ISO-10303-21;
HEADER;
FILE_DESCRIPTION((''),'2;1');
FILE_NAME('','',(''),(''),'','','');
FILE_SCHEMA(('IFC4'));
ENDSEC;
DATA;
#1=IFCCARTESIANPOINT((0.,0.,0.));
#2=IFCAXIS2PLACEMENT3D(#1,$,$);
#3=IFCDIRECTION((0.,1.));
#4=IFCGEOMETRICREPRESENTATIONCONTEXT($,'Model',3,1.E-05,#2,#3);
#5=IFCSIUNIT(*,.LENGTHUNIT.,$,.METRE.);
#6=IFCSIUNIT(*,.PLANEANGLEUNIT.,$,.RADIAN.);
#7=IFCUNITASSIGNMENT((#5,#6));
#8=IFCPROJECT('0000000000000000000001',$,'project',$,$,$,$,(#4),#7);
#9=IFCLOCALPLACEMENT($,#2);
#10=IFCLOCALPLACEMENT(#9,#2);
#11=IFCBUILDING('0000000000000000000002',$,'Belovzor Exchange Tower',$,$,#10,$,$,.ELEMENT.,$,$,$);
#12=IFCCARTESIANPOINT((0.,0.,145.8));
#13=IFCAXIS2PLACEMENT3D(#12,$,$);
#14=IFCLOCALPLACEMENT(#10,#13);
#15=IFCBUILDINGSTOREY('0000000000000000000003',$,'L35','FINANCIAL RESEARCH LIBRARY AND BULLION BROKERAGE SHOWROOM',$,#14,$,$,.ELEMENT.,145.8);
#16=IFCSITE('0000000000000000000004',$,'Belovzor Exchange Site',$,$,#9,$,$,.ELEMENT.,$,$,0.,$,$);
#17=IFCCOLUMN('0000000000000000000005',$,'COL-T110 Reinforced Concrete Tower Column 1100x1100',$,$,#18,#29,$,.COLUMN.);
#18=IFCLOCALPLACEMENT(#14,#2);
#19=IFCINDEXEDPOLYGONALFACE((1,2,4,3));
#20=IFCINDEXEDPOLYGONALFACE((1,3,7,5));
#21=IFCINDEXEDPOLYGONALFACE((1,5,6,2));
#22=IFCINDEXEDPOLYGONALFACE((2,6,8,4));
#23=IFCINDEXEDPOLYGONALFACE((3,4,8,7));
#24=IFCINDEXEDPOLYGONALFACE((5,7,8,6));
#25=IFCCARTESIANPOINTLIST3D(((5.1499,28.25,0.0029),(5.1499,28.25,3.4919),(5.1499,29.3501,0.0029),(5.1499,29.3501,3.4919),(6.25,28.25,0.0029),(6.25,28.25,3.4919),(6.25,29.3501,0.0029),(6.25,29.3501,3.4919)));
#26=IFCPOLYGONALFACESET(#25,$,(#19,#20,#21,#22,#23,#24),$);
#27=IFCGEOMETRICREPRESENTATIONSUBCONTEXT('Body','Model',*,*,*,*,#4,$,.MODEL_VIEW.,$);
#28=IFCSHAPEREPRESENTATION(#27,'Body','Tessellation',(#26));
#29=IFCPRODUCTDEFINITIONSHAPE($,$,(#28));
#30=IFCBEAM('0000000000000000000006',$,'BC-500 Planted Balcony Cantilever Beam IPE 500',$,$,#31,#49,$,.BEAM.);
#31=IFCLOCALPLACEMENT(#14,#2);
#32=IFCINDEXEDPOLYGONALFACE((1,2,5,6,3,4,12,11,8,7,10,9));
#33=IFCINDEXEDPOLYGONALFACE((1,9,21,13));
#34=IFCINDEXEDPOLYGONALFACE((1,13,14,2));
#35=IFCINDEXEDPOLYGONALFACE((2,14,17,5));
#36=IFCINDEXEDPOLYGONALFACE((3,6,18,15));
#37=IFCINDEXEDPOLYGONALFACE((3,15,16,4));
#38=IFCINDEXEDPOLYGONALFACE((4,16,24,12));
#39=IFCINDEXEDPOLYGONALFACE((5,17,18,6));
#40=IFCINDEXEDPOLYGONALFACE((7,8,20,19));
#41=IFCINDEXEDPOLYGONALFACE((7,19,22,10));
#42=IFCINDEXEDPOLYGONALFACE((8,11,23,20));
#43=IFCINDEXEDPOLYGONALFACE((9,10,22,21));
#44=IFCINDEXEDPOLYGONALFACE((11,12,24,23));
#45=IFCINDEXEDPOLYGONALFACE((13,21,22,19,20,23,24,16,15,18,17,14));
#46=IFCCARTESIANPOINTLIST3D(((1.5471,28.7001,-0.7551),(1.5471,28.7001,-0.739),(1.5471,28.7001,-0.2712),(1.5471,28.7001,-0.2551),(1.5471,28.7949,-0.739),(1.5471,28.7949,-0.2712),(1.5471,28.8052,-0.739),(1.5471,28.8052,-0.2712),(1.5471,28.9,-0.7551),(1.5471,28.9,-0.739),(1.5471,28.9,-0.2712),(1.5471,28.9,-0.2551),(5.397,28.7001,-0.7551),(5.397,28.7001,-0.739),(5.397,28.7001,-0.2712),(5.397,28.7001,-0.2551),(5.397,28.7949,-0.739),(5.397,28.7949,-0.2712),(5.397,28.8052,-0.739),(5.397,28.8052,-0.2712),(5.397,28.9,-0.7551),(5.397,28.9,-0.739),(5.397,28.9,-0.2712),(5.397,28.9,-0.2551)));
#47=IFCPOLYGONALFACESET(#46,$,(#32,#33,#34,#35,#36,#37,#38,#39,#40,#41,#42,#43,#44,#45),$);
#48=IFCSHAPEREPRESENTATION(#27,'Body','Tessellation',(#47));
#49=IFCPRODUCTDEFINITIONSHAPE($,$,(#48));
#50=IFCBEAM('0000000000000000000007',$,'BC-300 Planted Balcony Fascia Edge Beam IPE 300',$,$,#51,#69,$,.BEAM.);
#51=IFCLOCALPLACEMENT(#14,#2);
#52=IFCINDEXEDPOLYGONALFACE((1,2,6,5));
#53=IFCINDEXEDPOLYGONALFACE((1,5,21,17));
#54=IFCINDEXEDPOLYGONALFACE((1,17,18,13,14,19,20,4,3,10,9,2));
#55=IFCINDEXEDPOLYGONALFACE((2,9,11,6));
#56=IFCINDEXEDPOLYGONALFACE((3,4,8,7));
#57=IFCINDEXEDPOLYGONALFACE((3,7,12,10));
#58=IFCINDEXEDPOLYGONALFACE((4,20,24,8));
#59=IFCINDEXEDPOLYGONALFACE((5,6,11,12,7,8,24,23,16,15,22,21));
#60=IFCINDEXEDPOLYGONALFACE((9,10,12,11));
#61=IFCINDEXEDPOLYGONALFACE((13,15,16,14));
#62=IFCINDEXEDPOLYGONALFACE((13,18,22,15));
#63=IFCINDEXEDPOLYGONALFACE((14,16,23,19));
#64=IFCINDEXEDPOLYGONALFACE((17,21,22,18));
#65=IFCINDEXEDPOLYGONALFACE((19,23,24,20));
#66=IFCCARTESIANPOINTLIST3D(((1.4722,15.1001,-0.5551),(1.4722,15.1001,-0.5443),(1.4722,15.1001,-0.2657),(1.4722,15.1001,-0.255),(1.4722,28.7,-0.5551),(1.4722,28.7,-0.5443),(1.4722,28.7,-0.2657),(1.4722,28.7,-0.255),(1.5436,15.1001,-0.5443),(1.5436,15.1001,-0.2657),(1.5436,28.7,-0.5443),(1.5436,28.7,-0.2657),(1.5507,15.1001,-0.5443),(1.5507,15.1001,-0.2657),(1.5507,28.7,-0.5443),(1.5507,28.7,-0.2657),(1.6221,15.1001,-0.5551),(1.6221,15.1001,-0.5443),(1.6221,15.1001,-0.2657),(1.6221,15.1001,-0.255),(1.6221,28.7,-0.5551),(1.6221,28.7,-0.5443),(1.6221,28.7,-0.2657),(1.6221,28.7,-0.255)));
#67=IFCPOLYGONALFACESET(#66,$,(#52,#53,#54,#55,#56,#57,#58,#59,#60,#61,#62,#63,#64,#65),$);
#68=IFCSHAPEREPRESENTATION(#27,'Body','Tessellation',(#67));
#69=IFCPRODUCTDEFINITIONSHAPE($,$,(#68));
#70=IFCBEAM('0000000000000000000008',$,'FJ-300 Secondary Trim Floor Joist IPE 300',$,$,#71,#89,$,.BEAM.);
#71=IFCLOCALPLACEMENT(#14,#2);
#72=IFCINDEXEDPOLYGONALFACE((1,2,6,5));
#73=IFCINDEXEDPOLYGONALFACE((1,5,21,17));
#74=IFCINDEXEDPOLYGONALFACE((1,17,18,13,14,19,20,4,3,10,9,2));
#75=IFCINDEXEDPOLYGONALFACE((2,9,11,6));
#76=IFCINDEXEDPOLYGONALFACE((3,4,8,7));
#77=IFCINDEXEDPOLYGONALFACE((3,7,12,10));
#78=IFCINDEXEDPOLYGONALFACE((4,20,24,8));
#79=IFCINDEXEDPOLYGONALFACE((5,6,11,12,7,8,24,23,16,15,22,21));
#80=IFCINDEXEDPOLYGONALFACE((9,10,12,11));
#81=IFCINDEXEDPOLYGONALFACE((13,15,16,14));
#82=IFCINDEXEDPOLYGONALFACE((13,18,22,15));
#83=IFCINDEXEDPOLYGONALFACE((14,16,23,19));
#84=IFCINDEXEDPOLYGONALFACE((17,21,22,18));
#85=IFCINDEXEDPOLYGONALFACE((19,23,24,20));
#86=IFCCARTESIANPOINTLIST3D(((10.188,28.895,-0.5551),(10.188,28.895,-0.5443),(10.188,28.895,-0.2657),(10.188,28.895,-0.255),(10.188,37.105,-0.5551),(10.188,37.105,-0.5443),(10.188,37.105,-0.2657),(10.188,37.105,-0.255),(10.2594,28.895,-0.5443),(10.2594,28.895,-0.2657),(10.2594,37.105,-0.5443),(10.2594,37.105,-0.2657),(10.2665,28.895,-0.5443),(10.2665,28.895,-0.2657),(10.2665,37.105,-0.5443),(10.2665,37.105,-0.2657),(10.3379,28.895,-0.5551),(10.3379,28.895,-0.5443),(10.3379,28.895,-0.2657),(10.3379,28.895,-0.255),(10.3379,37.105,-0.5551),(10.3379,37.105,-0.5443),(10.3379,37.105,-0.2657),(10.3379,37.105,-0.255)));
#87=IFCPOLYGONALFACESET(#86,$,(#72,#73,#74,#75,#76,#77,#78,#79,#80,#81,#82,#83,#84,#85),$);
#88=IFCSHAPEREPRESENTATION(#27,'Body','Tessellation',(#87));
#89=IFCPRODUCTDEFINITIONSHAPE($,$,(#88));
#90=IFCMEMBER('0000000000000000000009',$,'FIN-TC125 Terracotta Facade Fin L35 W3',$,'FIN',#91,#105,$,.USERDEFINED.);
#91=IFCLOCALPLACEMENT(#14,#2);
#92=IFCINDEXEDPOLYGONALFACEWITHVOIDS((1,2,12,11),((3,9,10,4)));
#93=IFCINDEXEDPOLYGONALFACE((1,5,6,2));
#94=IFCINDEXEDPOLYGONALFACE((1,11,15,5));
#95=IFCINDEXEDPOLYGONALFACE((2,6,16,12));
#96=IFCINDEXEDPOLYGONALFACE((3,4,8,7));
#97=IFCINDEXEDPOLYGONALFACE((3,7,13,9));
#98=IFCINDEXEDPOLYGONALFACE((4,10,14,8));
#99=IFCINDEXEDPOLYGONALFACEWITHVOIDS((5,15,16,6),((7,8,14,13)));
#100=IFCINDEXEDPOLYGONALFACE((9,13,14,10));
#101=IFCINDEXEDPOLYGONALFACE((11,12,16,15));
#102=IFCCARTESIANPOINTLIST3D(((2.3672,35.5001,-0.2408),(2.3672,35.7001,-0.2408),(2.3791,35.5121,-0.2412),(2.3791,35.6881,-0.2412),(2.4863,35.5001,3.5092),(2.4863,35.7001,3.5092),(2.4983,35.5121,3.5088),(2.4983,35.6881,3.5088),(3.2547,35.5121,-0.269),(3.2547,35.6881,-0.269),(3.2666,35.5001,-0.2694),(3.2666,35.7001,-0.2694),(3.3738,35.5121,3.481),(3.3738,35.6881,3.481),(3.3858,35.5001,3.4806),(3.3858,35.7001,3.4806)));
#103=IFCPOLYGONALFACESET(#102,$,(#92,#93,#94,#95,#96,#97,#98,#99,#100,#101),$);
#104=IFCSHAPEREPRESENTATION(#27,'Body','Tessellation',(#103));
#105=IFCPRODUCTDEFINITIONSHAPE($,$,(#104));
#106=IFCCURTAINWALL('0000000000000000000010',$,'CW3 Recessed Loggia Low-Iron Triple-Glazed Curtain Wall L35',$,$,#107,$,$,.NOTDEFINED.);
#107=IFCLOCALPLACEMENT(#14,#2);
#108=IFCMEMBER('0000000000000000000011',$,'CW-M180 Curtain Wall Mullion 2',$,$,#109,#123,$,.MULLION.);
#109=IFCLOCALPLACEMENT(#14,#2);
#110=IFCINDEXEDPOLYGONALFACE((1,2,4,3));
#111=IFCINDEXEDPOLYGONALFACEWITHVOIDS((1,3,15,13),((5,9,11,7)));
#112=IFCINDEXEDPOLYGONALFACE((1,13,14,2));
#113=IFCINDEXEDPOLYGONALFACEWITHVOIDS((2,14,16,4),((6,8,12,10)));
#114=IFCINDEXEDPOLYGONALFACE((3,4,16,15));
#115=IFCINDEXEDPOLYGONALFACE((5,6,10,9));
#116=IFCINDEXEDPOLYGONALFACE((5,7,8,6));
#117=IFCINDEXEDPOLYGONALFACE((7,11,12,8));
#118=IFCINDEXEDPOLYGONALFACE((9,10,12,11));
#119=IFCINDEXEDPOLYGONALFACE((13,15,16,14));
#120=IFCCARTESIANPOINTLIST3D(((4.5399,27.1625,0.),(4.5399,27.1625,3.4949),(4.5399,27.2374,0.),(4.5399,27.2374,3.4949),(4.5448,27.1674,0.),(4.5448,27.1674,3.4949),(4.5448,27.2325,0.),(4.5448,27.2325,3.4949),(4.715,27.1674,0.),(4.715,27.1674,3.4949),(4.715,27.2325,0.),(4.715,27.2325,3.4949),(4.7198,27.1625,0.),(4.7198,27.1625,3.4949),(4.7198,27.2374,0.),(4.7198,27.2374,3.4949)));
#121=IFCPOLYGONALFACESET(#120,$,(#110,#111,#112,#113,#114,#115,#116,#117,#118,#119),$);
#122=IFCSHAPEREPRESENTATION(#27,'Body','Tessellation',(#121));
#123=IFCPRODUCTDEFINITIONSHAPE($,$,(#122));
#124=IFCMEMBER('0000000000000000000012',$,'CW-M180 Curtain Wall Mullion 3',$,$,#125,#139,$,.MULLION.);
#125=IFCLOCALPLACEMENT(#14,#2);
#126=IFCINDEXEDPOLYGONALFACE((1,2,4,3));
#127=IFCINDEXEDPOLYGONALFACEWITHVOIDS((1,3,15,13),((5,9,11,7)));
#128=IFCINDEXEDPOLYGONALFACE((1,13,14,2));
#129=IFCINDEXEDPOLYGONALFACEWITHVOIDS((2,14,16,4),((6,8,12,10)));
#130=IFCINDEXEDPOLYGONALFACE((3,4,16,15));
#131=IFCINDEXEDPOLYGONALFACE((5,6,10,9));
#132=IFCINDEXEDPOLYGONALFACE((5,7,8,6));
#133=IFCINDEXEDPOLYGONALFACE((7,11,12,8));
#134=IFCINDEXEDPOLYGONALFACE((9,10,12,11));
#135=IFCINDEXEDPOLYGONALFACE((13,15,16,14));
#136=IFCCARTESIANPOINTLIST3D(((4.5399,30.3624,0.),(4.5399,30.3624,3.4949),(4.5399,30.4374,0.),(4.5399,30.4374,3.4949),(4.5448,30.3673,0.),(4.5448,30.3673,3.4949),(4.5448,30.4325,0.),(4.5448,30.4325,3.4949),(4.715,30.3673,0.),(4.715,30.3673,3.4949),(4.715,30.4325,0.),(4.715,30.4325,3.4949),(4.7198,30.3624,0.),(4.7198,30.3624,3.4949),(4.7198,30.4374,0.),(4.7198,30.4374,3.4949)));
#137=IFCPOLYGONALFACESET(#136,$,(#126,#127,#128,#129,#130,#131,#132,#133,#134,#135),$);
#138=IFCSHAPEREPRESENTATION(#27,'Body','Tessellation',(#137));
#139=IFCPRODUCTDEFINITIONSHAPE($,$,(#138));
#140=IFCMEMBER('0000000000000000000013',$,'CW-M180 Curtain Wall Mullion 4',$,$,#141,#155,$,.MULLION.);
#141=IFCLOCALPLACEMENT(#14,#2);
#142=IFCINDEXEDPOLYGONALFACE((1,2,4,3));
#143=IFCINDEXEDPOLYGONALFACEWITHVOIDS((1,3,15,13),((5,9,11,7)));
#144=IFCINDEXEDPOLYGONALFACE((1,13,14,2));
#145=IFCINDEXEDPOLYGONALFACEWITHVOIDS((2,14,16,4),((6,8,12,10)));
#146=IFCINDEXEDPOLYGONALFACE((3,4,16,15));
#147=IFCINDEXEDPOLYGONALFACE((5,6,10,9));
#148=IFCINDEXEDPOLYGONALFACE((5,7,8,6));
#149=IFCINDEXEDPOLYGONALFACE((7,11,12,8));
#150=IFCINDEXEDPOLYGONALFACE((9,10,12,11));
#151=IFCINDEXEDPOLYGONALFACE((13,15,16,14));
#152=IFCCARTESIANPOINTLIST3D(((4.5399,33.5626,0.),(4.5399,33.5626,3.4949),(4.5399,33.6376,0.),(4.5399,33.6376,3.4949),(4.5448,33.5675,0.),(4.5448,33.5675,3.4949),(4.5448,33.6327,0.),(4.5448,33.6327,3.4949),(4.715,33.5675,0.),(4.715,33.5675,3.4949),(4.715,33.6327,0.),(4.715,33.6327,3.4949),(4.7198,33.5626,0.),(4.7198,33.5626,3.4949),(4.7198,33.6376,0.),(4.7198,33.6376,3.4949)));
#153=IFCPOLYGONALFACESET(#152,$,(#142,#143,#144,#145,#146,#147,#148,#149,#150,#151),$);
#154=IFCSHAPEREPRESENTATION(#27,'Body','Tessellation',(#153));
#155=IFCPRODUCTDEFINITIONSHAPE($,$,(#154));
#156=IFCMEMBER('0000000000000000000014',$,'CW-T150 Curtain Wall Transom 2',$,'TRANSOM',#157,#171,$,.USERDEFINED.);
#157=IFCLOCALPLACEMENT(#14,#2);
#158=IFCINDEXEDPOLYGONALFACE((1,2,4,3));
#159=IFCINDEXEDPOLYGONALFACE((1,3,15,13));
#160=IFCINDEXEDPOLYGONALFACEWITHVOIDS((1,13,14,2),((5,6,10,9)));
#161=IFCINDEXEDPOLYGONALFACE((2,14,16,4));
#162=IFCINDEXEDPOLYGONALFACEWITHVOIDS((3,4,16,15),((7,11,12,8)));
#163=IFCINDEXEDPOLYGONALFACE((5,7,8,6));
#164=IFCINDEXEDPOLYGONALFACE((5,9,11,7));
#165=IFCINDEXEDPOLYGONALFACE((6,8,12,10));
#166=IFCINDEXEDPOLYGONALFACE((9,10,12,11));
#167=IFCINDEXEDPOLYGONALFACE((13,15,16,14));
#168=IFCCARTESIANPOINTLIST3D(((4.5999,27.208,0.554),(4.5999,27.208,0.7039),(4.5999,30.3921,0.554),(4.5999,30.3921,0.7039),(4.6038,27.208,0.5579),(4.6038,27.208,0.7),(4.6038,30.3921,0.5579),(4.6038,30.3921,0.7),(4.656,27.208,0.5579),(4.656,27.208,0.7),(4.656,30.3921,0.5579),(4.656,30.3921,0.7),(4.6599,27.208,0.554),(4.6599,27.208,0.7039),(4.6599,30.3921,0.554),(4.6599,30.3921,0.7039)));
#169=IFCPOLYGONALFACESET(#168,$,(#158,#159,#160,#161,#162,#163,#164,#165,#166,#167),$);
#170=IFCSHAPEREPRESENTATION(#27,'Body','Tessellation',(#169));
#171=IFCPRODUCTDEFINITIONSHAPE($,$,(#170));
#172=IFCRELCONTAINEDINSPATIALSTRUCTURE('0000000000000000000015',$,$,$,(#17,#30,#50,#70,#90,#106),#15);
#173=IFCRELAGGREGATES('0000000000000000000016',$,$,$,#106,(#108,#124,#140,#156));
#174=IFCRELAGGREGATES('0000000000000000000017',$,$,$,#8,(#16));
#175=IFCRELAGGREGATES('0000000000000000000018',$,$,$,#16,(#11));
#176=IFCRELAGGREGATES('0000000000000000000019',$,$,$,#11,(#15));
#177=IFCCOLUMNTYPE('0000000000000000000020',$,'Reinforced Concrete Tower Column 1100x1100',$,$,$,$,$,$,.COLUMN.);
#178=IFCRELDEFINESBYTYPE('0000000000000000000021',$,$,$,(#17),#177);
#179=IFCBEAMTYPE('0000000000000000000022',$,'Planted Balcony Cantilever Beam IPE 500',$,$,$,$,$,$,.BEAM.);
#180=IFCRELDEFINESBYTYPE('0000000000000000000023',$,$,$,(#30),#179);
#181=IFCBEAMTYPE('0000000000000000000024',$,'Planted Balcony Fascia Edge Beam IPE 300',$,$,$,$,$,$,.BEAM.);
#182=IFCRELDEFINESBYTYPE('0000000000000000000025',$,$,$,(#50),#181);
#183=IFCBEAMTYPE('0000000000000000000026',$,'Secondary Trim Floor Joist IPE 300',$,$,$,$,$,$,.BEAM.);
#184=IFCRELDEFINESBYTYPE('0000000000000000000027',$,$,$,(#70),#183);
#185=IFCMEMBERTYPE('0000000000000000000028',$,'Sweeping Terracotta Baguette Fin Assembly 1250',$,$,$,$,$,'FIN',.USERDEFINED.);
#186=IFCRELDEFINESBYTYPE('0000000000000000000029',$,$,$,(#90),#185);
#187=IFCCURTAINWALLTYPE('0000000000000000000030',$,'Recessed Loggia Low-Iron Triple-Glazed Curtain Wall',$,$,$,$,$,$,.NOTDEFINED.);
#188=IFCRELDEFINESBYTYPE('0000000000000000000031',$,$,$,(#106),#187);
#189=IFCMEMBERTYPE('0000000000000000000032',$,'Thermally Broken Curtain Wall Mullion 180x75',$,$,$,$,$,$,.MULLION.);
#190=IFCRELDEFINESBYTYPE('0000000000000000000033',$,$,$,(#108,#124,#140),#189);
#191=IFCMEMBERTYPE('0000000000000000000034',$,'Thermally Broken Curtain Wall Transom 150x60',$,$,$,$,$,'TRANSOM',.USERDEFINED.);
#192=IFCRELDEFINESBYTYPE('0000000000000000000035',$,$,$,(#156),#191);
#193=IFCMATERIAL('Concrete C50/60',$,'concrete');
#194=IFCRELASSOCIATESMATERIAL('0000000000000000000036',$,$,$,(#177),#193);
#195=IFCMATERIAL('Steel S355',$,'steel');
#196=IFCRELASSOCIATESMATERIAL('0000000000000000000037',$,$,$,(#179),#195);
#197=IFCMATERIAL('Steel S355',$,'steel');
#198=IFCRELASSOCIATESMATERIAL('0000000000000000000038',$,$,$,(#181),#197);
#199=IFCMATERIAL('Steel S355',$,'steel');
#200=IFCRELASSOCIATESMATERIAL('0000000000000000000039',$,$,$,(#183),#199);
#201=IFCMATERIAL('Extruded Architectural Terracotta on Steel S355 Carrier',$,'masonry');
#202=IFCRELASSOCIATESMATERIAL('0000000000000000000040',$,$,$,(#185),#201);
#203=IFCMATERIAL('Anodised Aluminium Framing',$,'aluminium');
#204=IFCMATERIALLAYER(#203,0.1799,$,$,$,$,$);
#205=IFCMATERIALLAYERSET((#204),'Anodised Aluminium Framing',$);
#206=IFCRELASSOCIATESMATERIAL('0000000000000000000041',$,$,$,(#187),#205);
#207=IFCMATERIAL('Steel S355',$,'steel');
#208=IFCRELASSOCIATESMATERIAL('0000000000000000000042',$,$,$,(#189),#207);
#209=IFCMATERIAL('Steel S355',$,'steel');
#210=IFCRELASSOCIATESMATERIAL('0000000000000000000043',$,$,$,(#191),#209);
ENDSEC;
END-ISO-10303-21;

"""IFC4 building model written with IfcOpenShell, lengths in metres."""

from ifc_helpers import new_model, si_unit, direction, frame, origin, origin_2d, place, context, subcontext, project, spatial, rectangle, hollow_rectangle, i_section, extrude, material, layer, layer_set, material_profile, profile_set, type_object, element, aggregate, save


model = new_model("IFC4")

# Units and contexts
model_context = context("Model", 3, precision=1e-05, world=origin(), true_north=direction((0.0, 1.0)))
body_context = subcontext(model_context, "Body", "Model", "MODEL_VIEW")
ifc_project = project(units=[si_unit("LENGTHUNIT", "METRE"), si_unit("PLANEANGLEUNIT", "RADIAN")], contexts=[model_context])

# Site, building, storey
site_placement = place(None, origin())
site = spatial("IfcSite", under=ifc_project, at=site_placement, Name="Belovzor Exchange Site", CompositionType="ELEMENT", RefElevation=0.0)
building_placement = place(site_placement, origin())
building = spatial("IfcBuilding", under=site, at=building_placement, Name="Belovzor Exchange Tower", CompositionType="ELEMENT")
storey_placement = place(building_placement, frame((0.0, 0.0, 145.8)))
storey = spatial("IfcBuildingStorey", under=building, at=storey_placement, Name="L35", Description="FINANCIAL RESEARCH LIBRARY AND BULLION BROKERAGE SHOWROOM", CompositionType="ELEMENT", Elevation=145.8)

# Column
ifc_material_1 = material(Name="Concrete C50/60", Category="concrete")
ifc_material_profile_1 = material_profile(ifc_material_1, rectangle(XDim=1.1001, YDim=1.1001, at=origin_2d()))
ifc_profile_set_1 = profile_set([ifc_material_profile_1], Name="Concrete C50/60")
column_type = type_object("IfcColumnType", Name="Reinforced Concrete Tower Column 1100x1100", PredefinedType="COLUMN", material=ifc_profile_set_1)
column_placement = place(storey_placement, frame((5.7, 28.8, 0.0029), z_axis=(0.0, 0.0, 1.0), x_axis=(1.0, 0.0, 0.0)))
element("IfcColumn", 1, at=column_placement, inside=storey, type_object=column_type, Name="COL-T110 Reinforced Concrete Tower Column 1100x1100", PredefinedType="COLUMN", context=body_context, shape_type="SweptSolid", body=[
    extrude(rectangle(XDim=1.1001, YDim=1.1001, at=origin_2d()), origin(), (0.0, 0.0, 1.0), 3.489),
])

# Beams
ifc_material_2 = material(Name="Steel S355", Category="steel")
ifc_material_profile_2 = material_profile(ifc_material_2, i_section(OverallWidth=0.2, OverallDepth=0.5, WebThickness=0.0103, FlangeThickness=0.0161, at=origin_2d()))
ifc_profile_set_2 = profile_set([ifc_material_profile_2], Name="Steel S355")
beam_type_1 = type_object("IfcBeamType", Name="Planted Balcony Cantilever Beam IPE 500", PredefinedType="BEAM", material=ifc_profile_set_2)
beam_1_placement = place(storey_placement, frame((5.397, 28.8, -0.5051), z_axis=(-1.0, 0.0, 0.0), x_axis=(0.0, -1.0, 0.0)))
element("IfcBeam", 2, at=beam_1_placement, inside=storey, type_object=beam_type_1, Name="BC-500 Planted Balcony Cantilever Beam IPE 500", PredefinedType="BEAM", context=body_context, shape_type="SweptSolid", body=[
    extrude(i_section(OverallWidth=0.2, OverallDepth=0.5, WebThickness=0.0103, FlangeThickness=0.0161, at=origin_2d()), origin(), (0.0, 0.0, 1.0), 3.8499),
])
ifc_material_3 = material(Name="Steel S355", Category="steel")
ifc_material_profile_3 = material_profile(ifc_material_3, i_section(OverallWidth=0.1499, OverallDepth=0.3, WebThickness=0.0071, FlangeThickness=0.0107, at=origin_2d()))
ifc_profile_set_3 = profile_set([ifc_material_profile_3], Name="Steel S355")
beam_type_2 = type_object("IfcBeamType", Name="Planted Balcony Fascia Edge Beam IPE 300", PredefinedType="BEAM", material=ifc_profile_set_3)
beam_2_placement = place(storey_placement, frame((1.5471, 28.7, -0.405), z_axis=(0.0, -1.0, 0.0), x_axis=(1.0, 0.0, 0.0)))
element("IfcBeam", 3, at=beam_2_placement, inside=storey, type_object=beam_type_2, Name="BC-300 Planted Balcony Fascia Edge Beam IPE 300", PredefinedType="BEAM", context=body_context, shape_type="SweptSolid", body=[
    extrude(i_section(OverallWidth=0.1499, OverallDepth=0.3, WebThickness=0.0071, FlangeThickness=0.0107, at=origin_2d()), origin(), (0.0, 0.0, 1.0), 13.5999),
])
ifc_material_4 = material(Name="Steel S355", Category="steel")
ifc_material_profile_4 = material_profile(ifc_material_4, i_section(OverallWidth=0.1499, OverallDepth=0.3, WebThickness=0.0071, FlangeThickness=0.0107, at=origin_2d()))
ifc_profile_set_4 = profile_set([ifc_material_profile_4], Name="Steel S355")
beam_type_3 = type_object("IfcBeamType", Name="Secondary Trim Floor Joist IPE 300", PredefinedType="BEAM", material=ifc_profile_set_4)
beam_3_placement = place(storey_placement, frame((10.2629, 28.895, -0.405), z_axis=(0.0, 1.0, 0.0), x_axis=(-1.0, 0.0, 0.0)))
element("IfcBeam", 4, at=beam_3_placement, inside=storey, type_object=beam_type_3, Name="FJ-300 Secondary Trim Floor Joist IPE 300", PredefinedType="BEAM", context=body_context, shape_type="SweptSolid", body=[
    extrude(i_section(OverallWidth=0.1499, OverallDepth=0.3, WebThickness=0.0071, FlangeThickness=0.0107, at=origin_2d()), origin(), (0.0, 0.0, 1.0), 8.21),
])

# Member
ifc_material_5 = material(Name="Extruded Architectural Terracotta on Steel S355 Carrier", Category="masonry")
ifc_material_profile_5 = material_profile(ifc_material_5, hollow_rectangle(XDim=0.2, YDim=0.8999, WallThickness=0.012, at=origin_2d()))
ifc_profile_set_5 = profile_set([ifc_material_profile_5], Name="Extruded Architectural Terracotta on Steel S355 Carrier")
member_type_1 = type_object("IfcMemberType", Name="Sweeping Terracotta Baguette Fin Assembly 1250", ElementType="FIN", PredefinedType="USERDEFINED", material=ifc_profile_set_5)
member_1_placement = place(storey_placement, frame((2.8169, 35.6001, -0.2551), z_axis=(0.031755, 0.0, 0.999496), x_axis=(0.0, 1.0, 0.0)))
element("IfcMember", 5, at=member_1_placement, inside=storey, type_object=member_type_1, Name="FIN-TC125 Terracotta Facade Fin L35 W3", ObjectType="FIN", PredefinedType="USERDEFINED", context=body_context, shape_type="SweptSolid", body=[
    extrude(hollow_rectangle(XDim=0.2, YDim=0.8999, WallThickness=0.012, at=origin_2d()), origin(), (0.0, 0.0, 1.0), 3.752),
])

# Curtain wall, members
ifc_material_6 = material(Name="Anodised Aluminium Framing", Category="aluminium")
ifc_layer_1 = layer(ifc_material_6, 0.1799)
ifc_layer_set_1 = layer_set([ifc_layer_1], Name="Anodised Aluminium Framing")
curtain_wall_type = type_object("IfcCurtainWallType", Name="Recessed Loggia Low-Iron Triple-Glazed Curtain Wall", PredefinedType="NOTDEFINED", material=ifc_layer_set_1)
curtain_wall_placement = place(storey_placement, origin())
curtain_wall = element("IfcCurtainWall", 6, at=curtain_wall_placement, inside=storey, type_object=curtain_wall_type, Name="CW3 Recessed Loggia Low-Iron Triple-Glazed Curtain Wall L35", PredefinedType="NOTDEFINED")
ifc_material_7 = material(Name="Steel S355", Category="steel")
ifc_material_profile_6 = material_profile(ifc_material_7, hollow_rectangle(XDim=0.075, YDim=0.1799, WallThickness=0.0049, at=origin_2d()))
ifc_profile_set_6 = profile_set([ifc_material_profile_6], Name="Steel S355")
member_type_2 = type_object("IfcMemberType", Name="Thermally Broken Curtain Wall Mullion 180x75", PredefinedType="MULLION", material=ifc_profile_set_6)
member_2_placement = place(storey_placement, frame((4.6299, 27.2, 0.0), z_axis=(0.0, 0.0, 1.0), x_axis=(0.0, 1.0, 0.0)))
member_2 = element("IfcMember", 7, at=member_2_placement, type_object=member_type_2, Name="CW-M180 Curtain Wall Mullion 2", PredefinedType="MULLION", context=body_context, shape_type="SweptSolid", body=[
    extrude(hollow_rectangle(XDim=0.075, YDim=0.1799, WallThickness=0.0049, at=origin_2d()), origin(), (0.0, 0.0, 1.0), 3.4949),
])
member_3_placement = place(storey_placement, frame((4.6299, 30.3999, 0.0), z_axis=(0.0, 0.0, 1.0), x_axis=(0.0, 1.0, 0.0)))
member_3 = element("IfcMember", 8, at=member_3_placement, type_object=member_type_2, Name="CW-M180 Curtain Wall Mullion 3", PredefinedType="MULLION", context=body_context, shape_type="SweptSolid", body=[
    extrude(hollow_rectangle(XDim=0.075, YDim=0.1799, WallThickness=0.0049, at=origin_2d()), origin(), (0.0, 0.0, 1.0), 3.4949),
])
member_4_placement = place(storey_placement, frame((4.6299, 33.6001, 0.0), z_axis=(0.0, 0.0, 1.0), x_axis=(0.0, 1.0, 0.0)))
member_4 = element("IfcMember", 9, at=member_4_placement, type_object=member_type_2, Name="CW-M180 Curtain Wall Mullion 4", PredefinedType="MULLION", context=body_context, shape_type="SweptSolid", body=[
    extrude(hollow_rectangle(XDim=0.075, YDim=0.1799, WallThickness=0.0049, at=origin_2d()), origin(), (0.0, 0.0, 1.0), 3.4949),
])
ifc_material_8 = material(Name="Steel S355", Category="steel")
ifc_material_profile_7 = material_profile(ifc_material_8, hollow_rectangle(XDim=0.0601, YDim=0.1499, WallThickness=0.0039, at=origin_2d()))
ifc_profile_set_7 = profile_set([ifc_material_profile_7], Name="Steel S355")
member_type_3 = type_object("IfcMemberType", Name="Thermally Broken Curtain Wall Transom 150x60", ElementType="TRANSOM", PredefinedType="USERDEFINED", material=ifc_profile_set_7)
member_5_placement = place(storey_placement, frame((4.6299, 27.208, 0.6289), z_axis=(0.0, 1.0, 0.0), x_axis=(-1.0, 0.0, 0.0)))
member_5 = element("IfcMember", 10, at=member_5_placement, type_object=member_type_3, Name="CW-T150 Curtain Wall Transom 2", ObjectType="TRANSOM", PredefinedType="USERDEFINED", context=body_context, shape_type="SweptSolid", body=[
    extrude(hollow_rectangle(XDim=0.0601, YDim=0.1499, WallThickness=0.0039, at=origin_2d()), origin(), (0.0, 0.0, 1.0), 3.1841),
])

aggregate(curtain_wall, [member_2, member_3, member_4, member_5])

save(model, "model.ifc")
